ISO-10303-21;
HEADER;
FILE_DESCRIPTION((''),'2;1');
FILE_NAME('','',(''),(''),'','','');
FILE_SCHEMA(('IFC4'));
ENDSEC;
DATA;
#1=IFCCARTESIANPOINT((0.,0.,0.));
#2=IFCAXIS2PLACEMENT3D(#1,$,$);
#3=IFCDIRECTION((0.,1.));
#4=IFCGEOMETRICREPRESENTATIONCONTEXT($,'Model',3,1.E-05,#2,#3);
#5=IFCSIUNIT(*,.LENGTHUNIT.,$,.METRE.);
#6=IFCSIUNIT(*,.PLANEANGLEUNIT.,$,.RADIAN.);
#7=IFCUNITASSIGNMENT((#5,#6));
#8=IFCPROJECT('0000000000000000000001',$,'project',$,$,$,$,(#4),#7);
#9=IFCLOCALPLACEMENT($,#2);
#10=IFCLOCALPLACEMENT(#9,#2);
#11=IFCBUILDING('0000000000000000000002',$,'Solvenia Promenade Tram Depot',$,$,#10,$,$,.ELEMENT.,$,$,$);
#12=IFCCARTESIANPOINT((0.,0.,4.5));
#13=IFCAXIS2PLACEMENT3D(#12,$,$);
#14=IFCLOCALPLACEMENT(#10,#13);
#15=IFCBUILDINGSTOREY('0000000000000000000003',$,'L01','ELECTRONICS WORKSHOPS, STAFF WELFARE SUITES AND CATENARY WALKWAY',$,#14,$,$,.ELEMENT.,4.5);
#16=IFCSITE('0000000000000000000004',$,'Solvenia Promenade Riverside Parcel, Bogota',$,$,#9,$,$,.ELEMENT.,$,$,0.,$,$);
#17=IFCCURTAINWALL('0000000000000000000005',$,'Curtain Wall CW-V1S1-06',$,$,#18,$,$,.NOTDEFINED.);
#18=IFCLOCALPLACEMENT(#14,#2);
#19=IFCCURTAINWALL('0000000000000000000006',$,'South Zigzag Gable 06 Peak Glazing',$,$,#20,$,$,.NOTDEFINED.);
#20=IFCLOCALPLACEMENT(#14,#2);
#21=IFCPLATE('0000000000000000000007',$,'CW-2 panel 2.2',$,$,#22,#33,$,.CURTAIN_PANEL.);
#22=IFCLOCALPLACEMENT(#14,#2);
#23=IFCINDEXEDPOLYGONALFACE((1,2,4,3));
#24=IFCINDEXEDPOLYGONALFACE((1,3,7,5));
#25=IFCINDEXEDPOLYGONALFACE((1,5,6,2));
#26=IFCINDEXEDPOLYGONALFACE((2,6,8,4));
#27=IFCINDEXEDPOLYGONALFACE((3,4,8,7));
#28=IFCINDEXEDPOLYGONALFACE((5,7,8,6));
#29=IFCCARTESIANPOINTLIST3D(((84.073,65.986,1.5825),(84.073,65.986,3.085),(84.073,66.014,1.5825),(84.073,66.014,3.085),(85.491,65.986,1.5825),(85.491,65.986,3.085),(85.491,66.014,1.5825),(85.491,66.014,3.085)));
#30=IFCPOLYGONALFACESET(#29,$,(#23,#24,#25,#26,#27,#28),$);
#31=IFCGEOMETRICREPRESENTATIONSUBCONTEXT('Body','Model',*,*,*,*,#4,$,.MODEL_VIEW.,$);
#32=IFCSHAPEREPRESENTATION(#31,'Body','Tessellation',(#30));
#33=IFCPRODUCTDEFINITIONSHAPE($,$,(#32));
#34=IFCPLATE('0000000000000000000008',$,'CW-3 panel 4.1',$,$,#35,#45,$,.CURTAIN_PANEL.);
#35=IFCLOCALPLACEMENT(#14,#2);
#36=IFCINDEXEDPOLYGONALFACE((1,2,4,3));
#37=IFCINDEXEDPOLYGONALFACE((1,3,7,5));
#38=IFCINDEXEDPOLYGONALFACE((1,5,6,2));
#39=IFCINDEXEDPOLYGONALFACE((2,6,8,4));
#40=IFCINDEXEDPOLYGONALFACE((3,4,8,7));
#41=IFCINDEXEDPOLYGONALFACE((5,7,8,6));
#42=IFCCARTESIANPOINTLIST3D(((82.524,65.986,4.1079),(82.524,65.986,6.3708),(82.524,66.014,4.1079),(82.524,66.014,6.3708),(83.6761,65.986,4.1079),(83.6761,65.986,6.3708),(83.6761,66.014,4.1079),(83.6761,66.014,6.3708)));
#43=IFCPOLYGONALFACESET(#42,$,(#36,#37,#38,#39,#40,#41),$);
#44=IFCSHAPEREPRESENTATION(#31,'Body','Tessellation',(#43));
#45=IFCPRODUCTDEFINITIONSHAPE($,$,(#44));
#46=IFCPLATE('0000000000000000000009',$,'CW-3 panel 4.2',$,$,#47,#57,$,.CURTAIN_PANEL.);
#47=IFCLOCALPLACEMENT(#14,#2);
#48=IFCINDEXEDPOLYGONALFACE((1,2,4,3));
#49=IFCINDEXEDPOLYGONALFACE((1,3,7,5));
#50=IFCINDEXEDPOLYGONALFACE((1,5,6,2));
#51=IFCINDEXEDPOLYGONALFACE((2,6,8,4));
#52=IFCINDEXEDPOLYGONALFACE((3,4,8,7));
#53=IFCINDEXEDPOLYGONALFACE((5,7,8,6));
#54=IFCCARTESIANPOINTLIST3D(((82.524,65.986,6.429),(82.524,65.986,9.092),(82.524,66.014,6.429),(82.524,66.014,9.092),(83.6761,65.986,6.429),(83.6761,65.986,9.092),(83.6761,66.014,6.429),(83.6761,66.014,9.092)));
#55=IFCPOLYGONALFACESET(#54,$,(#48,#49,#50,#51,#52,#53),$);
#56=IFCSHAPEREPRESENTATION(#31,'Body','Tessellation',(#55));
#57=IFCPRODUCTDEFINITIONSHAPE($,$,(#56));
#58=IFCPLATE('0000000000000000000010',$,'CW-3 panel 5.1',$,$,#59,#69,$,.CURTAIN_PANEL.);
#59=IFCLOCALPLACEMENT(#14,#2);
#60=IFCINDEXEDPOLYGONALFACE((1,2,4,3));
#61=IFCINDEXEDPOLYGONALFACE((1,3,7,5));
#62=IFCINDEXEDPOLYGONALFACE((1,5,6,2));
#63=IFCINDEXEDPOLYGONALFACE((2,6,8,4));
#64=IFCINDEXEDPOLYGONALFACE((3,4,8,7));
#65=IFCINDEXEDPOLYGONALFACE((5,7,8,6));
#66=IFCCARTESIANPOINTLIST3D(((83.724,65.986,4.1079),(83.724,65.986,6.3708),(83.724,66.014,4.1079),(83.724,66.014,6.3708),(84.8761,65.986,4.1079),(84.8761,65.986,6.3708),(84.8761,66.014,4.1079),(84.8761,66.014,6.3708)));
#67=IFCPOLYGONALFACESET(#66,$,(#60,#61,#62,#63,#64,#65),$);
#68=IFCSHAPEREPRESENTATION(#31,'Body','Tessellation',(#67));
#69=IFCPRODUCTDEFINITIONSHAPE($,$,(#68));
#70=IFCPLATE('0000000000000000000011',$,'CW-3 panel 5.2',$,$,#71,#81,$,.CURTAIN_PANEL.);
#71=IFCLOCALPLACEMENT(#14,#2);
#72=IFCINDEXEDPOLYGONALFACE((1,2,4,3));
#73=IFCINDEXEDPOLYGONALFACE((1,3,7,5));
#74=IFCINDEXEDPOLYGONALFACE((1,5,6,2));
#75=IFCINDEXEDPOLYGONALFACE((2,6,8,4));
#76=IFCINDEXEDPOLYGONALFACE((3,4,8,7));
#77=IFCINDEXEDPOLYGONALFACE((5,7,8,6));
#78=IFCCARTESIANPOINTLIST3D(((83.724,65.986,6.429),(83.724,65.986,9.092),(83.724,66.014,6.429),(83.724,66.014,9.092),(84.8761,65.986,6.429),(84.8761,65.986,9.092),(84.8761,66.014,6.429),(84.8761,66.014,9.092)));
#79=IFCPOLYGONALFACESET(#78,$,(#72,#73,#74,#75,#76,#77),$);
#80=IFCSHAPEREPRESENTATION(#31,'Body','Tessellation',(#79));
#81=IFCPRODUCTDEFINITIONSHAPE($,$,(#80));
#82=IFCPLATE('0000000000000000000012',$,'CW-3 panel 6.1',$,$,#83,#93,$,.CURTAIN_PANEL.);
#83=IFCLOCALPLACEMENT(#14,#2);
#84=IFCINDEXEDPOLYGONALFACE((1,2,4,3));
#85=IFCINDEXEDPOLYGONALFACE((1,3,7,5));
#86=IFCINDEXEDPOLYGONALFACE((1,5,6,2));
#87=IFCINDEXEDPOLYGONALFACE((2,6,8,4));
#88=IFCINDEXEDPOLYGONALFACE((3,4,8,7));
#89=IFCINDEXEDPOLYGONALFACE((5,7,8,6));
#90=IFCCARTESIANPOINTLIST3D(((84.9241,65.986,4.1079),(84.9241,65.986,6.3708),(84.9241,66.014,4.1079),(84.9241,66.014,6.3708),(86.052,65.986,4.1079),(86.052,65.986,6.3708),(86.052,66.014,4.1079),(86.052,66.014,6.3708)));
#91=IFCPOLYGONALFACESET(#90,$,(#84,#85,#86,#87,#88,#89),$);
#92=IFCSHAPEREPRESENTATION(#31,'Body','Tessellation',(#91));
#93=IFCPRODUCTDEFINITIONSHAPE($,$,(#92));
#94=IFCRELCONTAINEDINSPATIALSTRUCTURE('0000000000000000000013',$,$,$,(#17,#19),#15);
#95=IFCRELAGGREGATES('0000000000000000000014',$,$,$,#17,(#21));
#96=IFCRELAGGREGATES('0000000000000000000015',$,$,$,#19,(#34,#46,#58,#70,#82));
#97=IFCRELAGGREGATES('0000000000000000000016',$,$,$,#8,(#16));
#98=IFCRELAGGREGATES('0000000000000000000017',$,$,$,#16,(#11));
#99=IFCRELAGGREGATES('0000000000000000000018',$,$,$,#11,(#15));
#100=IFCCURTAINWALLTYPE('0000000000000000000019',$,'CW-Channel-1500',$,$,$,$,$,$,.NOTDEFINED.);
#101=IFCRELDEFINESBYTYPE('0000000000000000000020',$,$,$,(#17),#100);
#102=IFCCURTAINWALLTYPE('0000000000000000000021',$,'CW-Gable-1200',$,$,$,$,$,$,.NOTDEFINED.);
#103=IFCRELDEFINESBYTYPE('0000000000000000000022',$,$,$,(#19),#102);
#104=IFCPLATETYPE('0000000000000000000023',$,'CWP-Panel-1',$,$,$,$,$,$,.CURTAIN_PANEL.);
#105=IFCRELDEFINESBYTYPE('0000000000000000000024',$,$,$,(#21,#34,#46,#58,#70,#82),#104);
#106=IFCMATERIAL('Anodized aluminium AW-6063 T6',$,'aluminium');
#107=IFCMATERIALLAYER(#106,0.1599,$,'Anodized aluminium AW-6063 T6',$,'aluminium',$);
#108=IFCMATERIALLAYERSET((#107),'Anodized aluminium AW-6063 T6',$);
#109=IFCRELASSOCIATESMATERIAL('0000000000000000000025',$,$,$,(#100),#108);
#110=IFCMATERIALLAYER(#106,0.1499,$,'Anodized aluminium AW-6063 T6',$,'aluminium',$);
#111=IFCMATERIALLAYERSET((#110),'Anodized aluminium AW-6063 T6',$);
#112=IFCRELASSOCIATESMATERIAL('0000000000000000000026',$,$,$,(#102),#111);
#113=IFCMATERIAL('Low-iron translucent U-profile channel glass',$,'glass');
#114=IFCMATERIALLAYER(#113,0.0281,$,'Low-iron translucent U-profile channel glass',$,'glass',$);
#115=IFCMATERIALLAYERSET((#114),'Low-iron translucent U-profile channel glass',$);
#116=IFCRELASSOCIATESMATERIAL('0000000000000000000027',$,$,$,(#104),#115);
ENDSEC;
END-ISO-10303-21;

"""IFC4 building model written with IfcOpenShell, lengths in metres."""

from ifc_helpers import new_model, si_unit, direction, frame, origin, origin_2d, place, context, subcontext, project, spatial, rectangle, extrude, material, layer, layer_set, type_object, element, aggregate, save


model = new_model("IFC4")

# Units and contexts
model_context = context("Model", 3, precision=1e-05, world=origin(), true_north=direction((0.0, 1.0)))
body_context = subcontext(model_context, "Body", "Model", "MODEL_VIEW")
ifc_project = project(units=[si_unit("LENGTHUNIT", "METRE"), si_unit("PLANEANGLEUNIT", "RADIAN")], contexts=[model_context])

# Site, building, storey
site_placement = place(None, origin())
site = spatial("IfcSite", under=ifc_project, at=site_placement, Name="Solvenia Promenade Riverside Parcel, Bogota", CompositionType="ELEMENT", RefElevation=0.0)
building_placement = place(site_placement, origin())
building = spatial("IfcBuilding", under=site, at=building_placement, Name="Solvenia Promenade Tram Depot", CompositionType="ELEMENT")
storey_placement = place(building_placement, frame((0.0, 0.0, 4.5)))
storey = spatial("IfcBuildingStorey", under=building, at=storey_placement, Name="L01", Description="ELECTRONICS WORKSHOPS, STAFF WELFARE SUITES AND CATENARY WALKWAY", CompositionType="ELEMENT", Elevation=4.5)

# Curtain walls
ifc_material_1 = material(Name="Anodized aluminium AW-6063 T6", Category="aluminium")
ifc_layer_1 = layer(ifc_material_1, 0.1599, Name="Anodized aluminium AW-6063 T6", Category="aluminium")
ifc_layer_set_1 = layer_set([ifc_layer_1], Name="Anodized aluminium AW-6063 T6")
curtain_wall_type_1 = type_object("IfcCurtainWallType", Name="CW-Channel-1500", PredefinedType="NOTDEFINED", material=ifc_layer_set_1)
curtain_wall_1_placement = place(storey_placement, origin())
curtain_wall_1 = element("IfcCurtainWall", 1, at=curtain_wall_1_placement, inside=storey, type_object=curtain_wall_type_1, Name="Curtain Wall CW-V1S1-06", PredefinedType="NOTDEFINED")
ifc_layer_2 = layer(ifc_material_1, 0.1499, Name="Anodized aluminium AW-6063 T6", Category="aluminium")
ifc_layer_set_2 = layer_set([ifc_layer_2], Name="Anodized aluminium AW-6063 T6")
curtain_wall_type_2 = type_object("IfcCurtainWallType", Name="CW-Gable-1200", PredefinedType="NOTDEFINED", material=ifc_layer_set_2)
curtain_wall_2_placement = place(storey_placement, origin())
curtain_wall_2 = element("IfcCurtainWall", 2, at=curtain_wall_2_placement, inside=storey, type_object=curtain_wall_type_2, Name="South Zigzag Gable 06 Peak Glazing", PredefinedType="NOTDEFINED")

# Plates
ifc_material_2 = material(Name="Low-iron translucent U-profile channel glass", Category="glass")
ifc_layer_3 = layer(ifc_material_2, 0.0281, Name="Low-iron translucent U-profile channel glass", Category="glass")
ifc_layer_set_3 = layer_set([ifc_layer_3], Name="Low-iron translucent U-profile channel glass")
plate_type = type_object("IfcPlateType", Name="CWP-Panel-1", PredefinedType="CURTAIN_PANEL", material=ifc_layer_set_3)
plate_1_placement = place(storey_placement, frame((84.782, 66.0, 1.5825), z_axis=(0.0, 0.0, 1.0), x_axis=(1.0, 0.0, 0.0)))
plate_1 = element("IfcPlate", 3, at=plate_1_placement, type_object=plate_type, Name="CW-2 panel 2.2", PredefinedType="CURTAIN_PANEL", context=body_context, shape_type="SweptSolid", body=[
    extrude(rectangle(XDim=1.418, YDim=0.0281, at=origin_2d()), origin(), (0.0, 0.0, 1.0), 1.5024),
])
aggregate(curtain_wall_1, [plate_1])
plate_2_placement = place(storey_placement, frame((83.1001, 66.0, 4.1079), z_axis=(0.0, 0.0, 1.0), x_axis=(1.0, 0.0, 0.0)))
plate_2 = element("IfcPlate", 4, at=plate_2_placement, type_object=plate_type, Name="CW-3 panel 4.1", PredefinedType="CURTAIN_PANEL", context=body_context, shape_type="SweptSolid", body=[
    extrude(rectangle(XDim=1.1521, YDim=0.0281, at=origin_2d()), origin(), (0.0, 0.0, 1.0), 2.2629),
])
plate_3_placement = place(storey_placement, frame((83.1001, 66.0, 6.429), z_axis=(0.0, 0.0, 1.0), x_axis=(1.0, 0.0, 0.0)))
plate_3 = element("IfcPlate", 5, at=plate_3_placement, type_object=plate_type, Name="CW-3 panel 4.2", PredefinedType="CURTAIN_PANEL", context=body_context, shape_type="SweptSolid", body=[
    extrude(rectangle(XDim=1.1521, YDim=0.0281, at=origin_2d()), origin(), (0.0, 0.0, 1.0), 2.6631),
])
plate_4_placement = place(storey_placement, frame((84.3, 66.0, 4.1079), z_axis=(0.0, 0.0, 1.0), x_axis=(1.0, 0.0, 0.0)))
plate_4 = element("IfcPlate", 6, at=plate_4_placement, type_object=plate_type, Name="CW-3 panel 5.1", PredefinedType="CURTAIN_PANEL", context=body_context, shape_type="SweptSolid", body=[
    extrude(rectangle(XDim=1.1521, YDim=0.0281, at=origin_2d()), origin(), (0.0, 0.0, 1.0), 2.2629),
])
plate_5_placement = place(storey_placement, frame((84.3, 66.0, 6.429), z_axis=(0.0, 0.0, 1.0), x_axis=(1.0, 0.0, 0.0)))
plate_5 = element("IfcPlate", 7, at=plate_5_placement, type_object=plate_type, Name="CW-3 panel 5.2", PredefinedType="CURTAIN_PANEL", context=body_context, shape_type="SweptSolid", body=[
    extrude(rectangle(XDim=1.1521, YDim=0.0281, at=origin_2d()), origin(), (0.0, 0.0, 1.0), 2.6631),
])
plate_6_placement = place(storey_placement, frame((85.488, 66.0, 4.1079), z_axis=(0.0, 0.0, 1.0), x_axis=(1.0, 0.0, 0.0)))
plate_6 = element("IfcPlate", 8, at=plate_6_placement, type_object=plate_type, Name="CW-3 panel 6.1", PredefinedType="CURTAIN_PANEL", context=body_context, shape_type="SweptSolid", body=[
    extrude(rectangle(XDim=1.1279, YDim=0.0281, at=origin_2d()), origin(), (0.0, 0.0, 1.0), 2.2629),
])
aggregate(curtain_wall_2, [plate_2, plate_3, plate_4, plate_5, plate_6])

save(model, "model.ifc")
